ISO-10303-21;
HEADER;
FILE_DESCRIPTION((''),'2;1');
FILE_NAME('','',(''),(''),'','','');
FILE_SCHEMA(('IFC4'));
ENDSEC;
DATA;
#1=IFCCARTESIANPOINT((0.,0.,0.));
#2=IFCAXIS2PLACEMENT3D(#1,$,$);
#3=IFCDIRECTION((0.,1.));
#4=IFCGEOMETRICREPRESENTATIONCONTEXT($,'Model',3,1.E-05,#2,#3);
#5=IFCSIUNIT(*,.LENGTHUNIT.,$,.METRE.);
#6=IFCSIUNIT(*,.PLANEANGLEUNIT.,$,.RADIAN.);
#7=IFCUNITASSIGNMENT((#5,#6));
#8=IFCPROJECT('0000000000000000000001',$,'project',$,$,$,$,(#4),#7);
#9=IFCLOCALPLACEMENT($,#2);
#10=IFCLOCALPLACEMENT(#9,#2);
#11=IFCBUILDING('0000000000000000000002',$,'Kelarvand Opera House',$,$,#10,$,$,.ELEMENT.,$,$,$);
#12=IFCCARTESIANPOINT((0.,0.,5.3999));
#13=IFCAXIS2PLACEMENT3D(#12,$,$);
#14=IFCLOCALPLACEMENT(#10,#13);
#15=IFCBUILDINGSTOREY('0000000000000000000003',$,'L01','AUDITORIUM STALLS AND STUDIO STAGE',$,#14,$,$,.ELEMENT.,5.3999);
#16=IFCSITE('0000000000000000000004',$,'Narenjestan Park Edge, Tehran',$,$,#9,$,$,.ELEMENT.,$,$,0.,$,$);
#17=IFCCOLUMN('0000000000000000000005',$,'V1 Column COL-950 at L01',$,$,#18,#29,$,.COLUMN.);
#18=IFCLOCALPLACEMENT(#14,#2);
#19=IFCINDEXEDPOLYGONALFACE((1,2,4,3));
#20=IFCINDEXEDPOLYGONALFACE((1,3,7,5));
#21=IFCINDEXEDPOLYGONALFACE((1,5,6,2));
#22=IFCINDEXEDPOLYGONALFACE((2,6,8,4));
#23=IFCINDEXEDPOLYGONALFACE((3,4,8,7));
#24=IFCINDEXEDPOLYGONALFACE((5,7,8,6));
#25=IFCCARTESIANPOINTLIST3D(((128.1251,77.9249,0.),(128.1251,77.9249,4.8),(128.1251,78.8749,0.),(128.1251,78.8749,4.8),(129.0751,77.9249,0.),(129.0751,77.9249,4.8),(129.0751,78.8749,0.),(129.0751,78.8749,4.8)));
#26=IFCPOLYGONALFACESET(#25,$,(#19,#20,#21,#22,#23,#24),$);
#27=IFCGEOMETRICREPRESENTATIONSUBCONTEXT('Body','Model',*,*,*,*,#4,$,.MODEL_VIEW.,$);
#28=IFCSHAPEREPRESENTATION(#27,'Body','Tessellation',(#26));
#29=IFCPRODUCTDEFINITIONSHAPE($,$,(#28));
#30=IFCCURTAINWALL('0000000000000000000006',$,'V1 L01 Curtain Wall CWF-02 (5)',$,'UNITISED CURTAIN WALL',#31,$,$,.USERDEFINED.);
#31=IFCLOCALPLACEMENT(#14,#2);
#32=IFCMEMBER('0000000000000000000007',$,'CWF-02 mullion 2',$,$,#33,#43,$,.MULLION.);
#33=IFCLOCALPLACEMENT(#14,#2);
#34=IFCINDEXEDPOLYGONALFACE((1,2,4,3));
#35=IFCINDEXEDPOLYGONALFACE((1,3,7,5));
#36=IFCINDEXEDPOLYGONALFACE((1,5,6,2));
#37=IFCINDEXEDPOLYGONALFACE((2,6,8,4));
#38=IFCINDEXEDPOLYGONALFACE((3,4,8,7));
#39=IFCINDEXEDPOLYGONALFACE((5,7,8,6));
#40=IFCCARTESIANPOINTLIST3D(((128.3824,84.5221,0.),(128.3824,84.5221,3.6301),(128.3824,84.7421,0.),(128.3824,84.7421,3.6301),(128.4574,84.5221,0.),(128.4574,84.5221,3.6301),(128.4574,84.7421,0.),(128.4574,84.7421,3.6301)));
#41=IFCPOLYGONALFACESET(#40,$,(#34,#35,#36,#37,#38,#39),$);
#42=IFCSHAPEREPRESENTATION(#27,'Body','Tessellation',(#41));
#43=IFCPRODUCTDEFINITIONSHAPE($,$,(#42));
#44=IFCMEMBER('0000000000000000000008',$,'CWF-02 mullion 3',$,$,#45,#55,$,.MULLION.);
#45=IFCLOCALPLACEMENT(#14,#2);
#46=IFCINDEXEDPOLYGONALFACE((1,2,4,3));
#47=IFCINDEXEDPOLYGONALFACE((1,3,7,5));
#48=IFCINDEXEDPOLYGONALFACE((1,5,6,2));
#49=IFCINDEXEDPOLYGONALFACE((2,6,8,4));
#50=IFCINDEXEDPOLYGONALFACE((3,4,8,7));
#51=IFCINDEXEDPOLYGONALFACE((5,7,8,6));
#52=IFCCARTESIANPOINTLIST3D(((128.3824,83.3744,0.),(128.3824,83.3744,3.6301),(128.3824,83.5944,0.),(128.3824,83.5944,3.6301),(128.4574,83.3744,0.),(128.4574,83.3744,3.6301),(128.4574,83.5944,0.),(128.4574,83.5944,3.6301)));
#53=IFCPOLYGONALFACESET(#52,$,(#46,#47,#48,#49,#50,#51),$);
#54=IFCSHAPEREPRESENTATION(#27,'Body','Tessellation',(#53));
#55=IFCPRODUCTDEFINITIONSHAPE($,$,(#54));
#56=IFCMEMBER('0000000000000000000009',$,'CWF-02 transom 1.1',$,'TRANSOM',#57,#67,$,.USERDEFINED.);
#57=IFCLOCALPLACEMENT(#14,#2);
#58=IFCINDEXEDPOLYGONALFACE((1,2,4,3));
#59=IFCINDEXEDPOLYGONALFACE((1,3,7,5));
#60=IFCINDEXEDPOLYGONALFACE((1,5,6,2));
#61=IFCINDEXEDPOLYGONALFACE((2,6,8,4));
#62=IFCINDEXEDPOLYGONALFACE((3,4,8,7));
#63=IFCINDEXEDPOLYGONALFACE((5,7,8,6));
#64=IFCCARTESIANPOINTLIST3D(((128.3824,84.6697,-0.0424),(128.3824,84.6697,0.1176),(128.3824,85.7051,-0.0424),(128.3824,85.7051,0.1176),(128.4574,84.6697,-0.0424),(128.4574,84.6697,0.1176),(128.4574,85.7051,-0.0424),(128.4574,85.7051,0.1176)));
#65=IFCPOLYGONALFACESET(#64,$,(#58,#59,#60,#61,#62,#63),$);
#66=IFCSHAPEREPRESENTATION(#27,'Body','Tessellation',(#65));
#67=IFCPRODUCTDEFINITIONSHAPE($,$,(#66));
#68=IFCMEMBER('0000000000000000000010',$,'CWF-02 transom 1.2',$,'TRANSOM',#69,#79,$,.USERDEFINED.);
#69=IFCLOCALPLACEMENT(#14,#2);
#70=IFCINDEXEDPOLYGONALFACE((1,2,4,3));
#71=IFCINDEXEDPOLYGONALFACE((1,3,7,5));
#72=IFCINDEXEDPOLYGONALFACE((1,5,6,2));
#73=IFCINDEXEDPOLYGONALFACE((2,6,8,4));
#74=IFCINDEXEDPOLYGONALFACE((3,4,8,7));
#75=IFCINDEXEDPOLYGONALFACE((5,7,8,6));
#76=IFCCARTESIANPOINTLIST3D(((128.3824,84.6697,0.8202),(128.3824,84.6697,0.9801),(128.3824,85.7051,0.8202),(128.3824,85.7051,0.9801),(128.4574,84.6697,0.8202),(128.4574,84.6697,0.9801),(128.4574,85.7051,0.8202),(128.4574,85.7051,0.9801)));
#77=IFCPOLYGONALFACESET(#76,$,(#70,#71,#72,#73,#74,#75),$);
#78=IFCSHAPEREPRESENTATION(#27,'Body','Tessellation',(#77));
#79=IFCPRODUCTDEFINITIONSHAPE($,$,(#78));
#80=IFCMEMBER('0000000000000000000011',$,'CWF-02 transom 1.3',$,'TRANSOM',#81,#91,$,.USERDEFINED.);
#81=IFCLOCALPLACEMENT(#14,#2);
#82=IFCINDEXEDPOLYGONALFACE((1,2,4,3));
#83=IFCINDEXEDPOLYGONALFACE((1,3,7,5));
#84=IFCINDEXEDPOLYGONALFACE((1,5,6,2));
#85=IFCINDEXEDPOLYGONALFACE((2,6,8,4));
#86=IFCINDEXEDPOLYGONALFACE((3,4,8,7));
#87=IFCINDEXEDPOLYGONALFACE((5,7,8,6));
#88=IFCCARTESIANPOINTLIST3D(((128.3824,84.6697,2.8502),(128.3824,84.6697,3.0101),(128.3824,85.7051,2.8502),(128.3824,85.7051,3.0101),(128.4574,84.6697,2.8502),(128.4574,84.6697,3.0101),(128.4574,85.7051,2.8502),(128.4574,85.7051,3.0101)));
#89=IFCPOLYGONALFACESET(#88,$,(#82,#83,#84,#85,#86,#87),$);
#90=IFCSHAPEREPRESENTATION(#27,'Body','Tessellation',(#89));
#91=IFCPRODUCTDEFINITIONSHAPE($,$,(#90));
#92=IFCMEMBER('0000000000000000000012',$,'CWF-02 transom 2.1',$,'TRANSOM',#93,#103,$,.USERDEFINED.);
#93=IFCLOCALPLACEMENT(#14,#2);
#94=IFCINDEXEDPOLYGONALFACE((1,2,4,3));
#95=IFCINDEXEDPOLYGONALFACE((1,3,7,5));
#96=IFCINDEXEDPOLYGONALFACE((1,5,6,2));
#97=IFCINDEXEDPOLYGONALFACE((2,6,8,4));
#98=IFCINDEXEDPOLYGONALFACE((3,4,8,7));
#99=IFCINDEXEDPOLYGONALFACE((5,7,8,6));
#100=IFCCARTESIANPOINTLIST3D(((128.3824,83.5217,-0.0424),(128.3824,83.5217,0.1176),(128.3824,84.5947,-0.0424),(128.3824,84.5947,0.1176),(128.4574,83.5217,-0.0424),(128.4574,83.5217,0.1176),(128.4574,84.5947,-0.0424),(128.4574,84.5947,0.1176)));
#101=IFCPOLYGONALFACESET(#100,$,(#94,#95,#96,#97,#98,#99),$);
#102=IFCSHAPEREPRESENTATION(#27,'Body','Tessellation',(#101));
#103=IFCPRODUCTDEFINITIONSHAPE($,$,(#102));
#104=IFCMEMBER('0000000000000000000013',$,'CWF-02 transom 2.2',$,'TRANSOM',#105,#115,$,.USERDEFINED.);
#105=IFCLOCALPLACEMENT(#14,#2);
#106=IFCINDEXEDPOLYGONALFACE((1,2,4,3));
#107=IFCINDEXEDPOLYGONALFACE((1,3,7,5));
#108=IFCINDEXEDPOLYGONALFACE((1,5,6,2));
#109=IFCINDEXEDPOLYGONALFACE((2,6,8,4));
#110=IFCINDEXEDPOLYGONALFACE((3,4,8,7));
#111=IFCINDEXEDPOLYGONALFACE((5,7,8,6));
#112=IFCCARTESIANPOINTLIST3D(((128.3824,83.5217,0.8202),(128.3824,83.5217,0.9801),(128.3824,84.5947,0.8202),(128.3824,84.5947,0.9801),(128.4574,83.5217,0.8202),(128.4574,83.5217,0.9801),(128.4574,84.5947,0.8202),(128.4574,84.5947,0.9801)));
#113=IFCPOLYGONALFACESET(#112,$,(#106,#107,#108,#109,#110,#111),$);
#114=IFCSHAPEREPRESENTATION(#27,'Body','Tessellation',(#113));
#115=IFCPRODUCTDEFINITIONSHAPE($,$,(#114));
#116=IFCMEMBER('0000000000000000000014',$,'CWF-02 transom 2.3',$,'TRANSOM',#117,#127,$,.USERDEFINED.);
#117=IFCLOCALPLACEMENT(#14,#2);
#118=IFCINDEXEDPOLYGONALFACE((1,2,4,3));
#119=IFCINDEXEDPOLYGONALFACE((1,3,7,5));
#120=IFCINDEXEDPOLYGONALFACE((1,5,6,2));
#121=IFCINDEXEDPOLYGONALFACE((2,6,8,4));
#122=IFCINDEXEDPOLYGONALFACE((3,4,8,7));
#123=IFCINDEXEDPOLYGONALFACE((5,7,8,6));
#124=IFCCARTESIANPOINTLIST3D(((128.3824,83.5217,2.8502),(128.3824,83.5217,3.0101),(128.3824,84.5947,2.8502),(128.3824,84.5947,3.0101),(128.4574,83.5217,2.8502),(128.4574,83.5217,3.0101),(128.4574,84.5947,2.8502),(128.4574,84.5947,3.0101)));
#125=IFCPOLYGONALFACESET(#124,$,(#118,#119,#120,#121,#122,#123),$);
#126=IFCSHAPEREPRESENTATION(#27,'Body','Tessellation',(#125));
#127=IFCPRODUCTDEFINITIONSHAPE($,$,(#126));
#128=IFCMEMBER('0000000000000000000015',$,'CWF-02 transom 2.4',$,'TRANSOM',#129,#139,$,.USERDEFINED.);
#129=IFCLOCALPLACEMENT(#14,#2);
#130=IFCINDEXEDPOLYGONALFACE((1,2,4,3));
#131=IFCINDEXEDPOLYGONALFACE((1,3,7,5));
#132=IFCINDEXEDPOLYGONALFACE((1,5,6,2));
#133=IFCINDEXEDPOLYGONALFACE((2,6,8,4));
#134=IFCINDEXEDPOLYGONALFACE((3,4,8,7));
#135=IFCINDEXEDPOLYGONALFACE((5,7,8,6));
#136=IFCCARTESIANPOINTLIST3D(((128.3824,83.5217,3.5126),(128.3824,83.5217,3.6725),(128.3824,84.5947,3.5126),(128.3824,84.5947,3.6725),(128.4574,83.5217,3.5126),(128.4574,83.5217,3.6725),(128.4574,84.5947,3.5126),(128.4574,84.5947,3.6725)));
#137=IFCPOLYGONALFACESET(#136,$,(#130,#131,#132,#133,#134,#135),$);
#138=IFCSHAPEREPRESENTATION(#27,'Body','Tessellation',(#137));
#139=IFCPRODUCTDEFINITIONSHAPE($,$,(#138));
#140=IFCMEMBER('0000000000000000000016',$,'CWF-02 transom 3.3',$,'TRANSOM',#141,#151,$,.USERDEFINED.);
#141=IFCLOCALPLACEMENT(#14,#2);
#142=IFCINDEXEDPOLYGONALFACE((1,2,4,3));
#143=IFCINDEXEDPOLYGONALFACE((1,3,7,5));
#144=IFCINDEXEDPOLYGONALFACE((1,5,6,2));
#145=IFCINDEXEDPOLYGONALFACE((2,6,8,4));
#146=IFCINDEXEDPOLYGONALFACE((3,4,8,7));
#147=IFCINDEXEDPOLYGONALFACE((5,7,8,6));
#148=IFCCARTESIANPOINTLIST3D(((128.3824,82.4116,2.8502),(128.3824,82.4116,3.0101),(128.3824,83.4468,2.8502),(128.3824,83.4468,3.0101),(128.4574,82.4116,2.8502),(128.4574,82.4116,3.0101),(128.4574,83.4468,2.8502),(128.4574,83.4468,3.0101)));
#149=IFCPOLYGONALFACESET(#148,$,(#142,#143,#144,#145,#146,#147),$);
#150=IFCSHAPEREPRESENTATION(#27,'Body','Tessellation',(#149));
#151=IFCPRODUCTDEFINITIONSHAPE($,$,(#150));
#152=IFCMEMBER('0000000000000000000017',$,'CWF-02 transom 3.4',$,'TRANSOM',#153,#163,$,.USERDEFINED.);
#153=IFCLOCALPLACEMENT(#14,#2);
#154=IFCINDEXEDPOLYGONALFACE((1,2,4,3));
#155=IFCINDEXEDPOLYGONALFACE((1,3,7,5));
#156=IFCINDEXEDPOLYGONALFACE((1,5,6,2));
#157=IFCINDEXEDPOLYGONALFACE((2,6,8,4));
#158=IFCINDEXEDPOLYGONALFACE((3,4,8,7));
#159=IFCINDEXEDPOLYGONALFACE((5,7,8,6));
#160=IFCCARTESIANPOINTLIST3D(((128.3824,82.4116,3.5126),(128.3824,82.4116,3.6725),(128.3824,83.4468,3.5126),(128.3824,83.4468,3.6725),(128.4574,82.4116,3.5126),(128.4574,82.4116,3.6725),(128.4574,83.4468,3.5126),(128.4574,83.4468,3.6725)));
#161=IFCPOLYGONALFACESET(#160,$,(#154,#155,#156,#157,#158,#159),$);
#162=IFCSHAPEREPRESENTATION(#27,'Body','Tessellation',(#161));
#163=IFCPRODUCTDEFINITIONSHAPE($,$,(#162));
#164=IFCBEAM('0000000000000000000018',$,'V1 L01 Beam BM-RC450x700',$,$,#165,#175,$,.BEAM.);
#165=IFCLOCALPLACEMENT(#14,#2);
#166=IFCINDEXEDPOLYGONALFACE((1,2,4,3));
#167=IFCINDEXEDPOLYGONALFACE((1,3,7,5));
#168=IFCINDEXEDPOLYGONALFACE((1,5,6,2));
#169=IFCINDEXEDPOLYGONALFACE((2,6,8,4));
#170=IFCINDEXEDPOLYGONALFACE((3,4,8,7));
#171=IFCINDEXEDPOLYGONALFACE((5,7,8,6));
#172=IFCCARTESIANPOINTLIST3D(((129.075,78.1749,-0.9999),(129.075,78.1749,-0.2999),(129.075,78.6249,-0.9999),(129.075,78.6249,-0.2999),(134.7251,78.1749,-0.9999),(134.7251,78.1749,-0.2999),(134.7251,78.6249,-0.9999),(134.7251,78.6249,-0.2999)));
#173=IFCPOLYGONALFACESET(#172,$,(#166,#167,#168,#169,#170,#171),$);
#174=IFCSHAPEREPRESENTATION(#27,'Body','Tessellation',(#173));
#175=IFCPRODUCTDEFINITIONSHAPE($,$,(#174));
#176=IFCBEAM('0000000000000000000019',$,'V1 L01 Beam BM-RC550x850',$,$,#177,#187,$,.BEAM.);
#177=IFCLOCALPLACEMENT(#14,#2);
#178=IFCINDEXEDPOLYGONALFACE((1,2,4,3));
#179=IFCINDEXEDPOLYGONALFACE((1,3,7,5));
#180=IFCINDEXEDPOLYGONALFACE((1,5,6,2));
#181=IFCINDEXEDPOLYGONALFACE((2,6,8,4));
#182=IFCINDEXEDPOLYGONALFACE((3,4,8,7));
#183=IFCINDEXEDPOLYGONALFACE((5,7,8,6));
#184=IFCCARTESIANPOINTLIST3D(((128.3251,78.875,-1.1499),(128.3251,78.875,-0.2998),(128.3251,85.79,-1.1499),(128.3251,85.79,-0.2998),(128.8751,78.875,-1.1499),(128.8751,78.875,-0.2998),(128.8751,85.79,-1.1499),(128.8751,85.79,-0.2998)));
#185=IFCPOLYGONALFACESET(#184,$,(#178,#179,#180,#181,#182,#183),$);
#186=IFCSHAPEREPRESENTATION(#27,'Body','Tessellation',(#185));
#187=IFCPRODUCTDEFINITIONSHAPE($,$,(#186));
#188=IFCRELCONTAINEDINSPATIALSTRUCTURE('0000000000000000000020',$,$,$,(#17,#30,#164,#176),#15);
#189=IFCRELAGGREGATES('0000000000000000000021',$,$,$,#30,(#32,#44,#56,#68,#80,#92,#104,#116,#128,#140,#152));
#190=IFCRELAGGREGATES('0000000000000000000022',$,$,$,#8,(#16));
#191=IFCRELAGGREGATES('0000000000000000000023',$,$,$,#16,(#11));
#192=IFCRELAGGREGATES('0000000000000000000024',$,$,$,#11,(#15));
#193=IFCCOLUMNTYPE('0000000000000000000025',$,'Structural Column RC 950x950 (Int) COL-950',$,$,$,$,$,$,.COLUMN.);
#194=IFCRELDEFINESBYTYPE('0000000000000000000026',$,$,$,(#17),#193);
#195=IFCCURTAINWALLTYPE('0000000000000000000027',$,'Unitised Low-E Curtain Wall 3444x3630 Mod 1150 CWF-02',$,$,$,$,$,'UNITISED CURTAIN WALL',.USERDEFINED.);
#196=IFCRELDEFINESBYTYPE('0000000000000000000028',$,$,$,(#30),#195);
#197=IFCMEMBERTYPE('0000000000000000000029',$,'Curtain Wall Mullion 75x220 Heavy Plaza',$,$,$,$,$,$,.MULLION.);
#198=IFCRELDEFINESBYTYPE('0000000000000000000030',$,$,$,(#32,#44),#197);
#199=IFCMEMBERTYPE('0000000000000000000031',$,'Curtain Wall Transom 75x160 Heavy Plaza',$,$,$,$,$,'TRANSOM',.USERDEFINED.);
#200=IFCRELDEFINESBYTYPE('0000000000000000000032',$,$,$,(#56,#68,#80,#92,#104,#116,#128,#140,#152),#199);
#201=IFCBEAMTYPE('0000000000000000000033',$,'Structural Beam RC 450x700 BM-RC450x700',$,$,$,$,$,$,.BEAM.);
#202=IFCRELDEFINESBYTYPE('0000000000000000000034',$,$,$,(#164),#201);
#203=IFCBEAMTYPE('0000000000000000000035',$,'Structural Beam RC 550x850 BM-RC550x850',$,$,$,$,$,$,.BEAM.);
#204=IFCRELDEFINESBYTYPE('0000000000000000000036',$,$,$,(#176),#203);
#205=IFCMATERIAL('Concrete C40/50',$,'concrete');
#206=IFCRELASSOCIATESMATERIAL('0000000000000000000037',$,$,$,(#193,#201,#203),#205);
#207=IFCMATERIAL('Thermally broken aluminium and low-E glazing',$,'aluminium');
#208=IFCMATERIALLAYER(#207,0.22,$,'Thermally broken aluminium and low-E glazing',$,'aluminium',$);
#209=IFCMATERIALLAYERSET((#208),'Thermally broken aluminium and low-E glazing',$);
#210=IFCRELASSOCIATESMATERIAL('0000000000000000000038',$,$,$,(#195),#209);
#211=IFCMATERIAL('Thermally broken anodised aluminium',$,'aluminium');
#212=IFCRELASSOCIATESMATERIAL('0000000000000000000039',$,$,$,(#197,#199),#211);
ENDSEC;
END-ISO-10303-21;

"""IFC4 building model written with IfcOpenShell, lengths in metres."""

from ifc_helpers import new_model, si_unit, direction, frame, origin, origin_2d, place, context, subcontext, project, spatial, rectangle, extrude, material, layer, layer_set, material_profile, profile_set, type_object, element, aggregate, save


model = new_model("IFC4")

# Units and contexts
model_context = context("Model", 3, precision=1e-05, world=origin(), true_north=direction((0.0, 1.0)))
body_context = subcontext(model_context, "Body", "Model", "MODEL_VIEW")
ifc_project = project(units=[si_unit("LENGTHUNIT", "METRE"), si_unit("PLANEANGLEUNIT", "RADIAN")], contexts=[model_context])

# Site, building, storey
site_placement = place(None, origin())
site = spatial("IfcSite", under=ifc_project, at=site_placement, Name="Narenjestan Park Edge, Tehran", CompositionType="ELEMENT", RefElevation=0.0)
building_placement = place(site_placement, origin())
building = spatial("IfcBuilding", under=site, at=building_placement, Name="Kelarvand Opera House", CompositionType="ELEMENT")
storey_placement = place(building_placement, frame((0.0, 0.0, 5.3999)))
storey = spatial("IfcBuildingStorey", under=building, at=storey_placement, Name="L01", Description="AUDITORIUM STALLS AND STUDIO STAGE", CompositionType="ELEMENT", Elevation=5.3999)

# Column
ifc_material_1 = material(Name="Concrete C40/50", Category="concrete")
ifc_material_profile_1 = material_profile(ifc_material_1, rectangle(XDim=0.95, YDim=0.95, at=origin_2d()), Name="RC 950x950", Category="concrete")
ifc_profile_set_1 = profile_set([ifc_material_profile_1], Name="Concrete C40/50")
column_type = type_object("IfcColumnType", Name="Structural Column RC 950x950 (Int) COL-950", PredefinedType="COLUMN", material=ifc_profile_set_1)
column_placement = place(storey_placement, frame((128.6001, 78.3999, 0.0), z_axis=(0.0, 0.0, 1.0), x_axis=(1.0, 0.0, 0.0)))
element("IfcColumn", 1, at=column_placement, inside=storey, type_object=column_type, Name="V1 Column COL-950 at L01", PredefinedType="COLUMN", context=body_context, shape_type="SweptSolid", body=[
    extrude(rectangle(XDim=0.95, YDim=0.95, at=origin_2d()), origin(), (0.0, 0.0, 1.0), 4.8),
])

# Curtain wall, members
ifc_material_2 = material(Name="Thermally broken aluminium and low-E glazing", Category="aluminium")
ifc_layer_1 = layer(ifc_material_2, 0.22, Name="Thermally broken aluminium and low-E glazing", Category="aluminium")
ifc_layer_set_1 = layer_set([ifc_layer_1], Name="Thermally broken aluminium and low-E glazing")
curtain_wall_type = type_object("IfcCurtainWallType", Name="Unitised Low-E Curtain Wall 3444x3630 Mod 1150 CWF-02", ElementType="UNITISED CURTAIN WALL", PredefinedType="USERDEFINED", material=ifc_layer_set_1)
curtain_wall_placement = place(storey_placement, origin())
curtain_wall = element("IfcCurtainWall", 2, at=curtain_wall_placement, inside=storey, type_object=curtain_wall_type, Name="V1 L01 Curtain Wall CWF-02 (5)", ObjectType="UNITISED CURTAIN WALL", PredefinedType="USERDEFINED")
ifc_material_3 = material(Name="Thermally broken anodised aluminium", Category="aluminium")
ifc_material_profile_2 = material_profile(ifc_material_3, rectangle(XDim=0.075, YDim=0.22, at=origin_2d()), Name="ALU MULLION 75x220", Category="aluminium")
ifc_profile_set_2 = profile_set([ifc_material_profile_2], Name="Thermally broken anodised aluminium")
member_type_1 = type_object("IfcMemberType", Name="Curtain Wall Mullion 75x220 Heavy Plaza", PredefinedType="MULLION", material=ifc_profile_set_2)
member_1_placement = place(storey_placement, frame((128.4199, 84.6321, 0.0), z_axis=(0.0, 0.0, 1.0), x_axis=(1.0, 0.0, 0.0)))
member_1 = element("IfcMember", 3, at=member_1_placement, type_object=member_type_1, Name="CWF-02 mullion 2", PredefinedType="MULLION", context=body_context, shape_type="SweptSolid", body=[
    extrude(rectangle(XDim=0.075, YDim=0.22, at=origin_2d()), origin(), (0.0, 0.0, 1.0), 3.6301),
])
member_2_placement = place(storey_placement, frame((128.4199, 83.4844, 0.0), z_axis=(0.0, 0.0, 1.0), x_axis=(1.0, 0.0, 0.0)))
member_2 = element("IfcMember", 4, at=member_2_placement, type_object=member_type_1, Name="CWF-02 mullion 3", PredefinedType="MULLION", context=body_context, shape_type="SweptSolid", body=[
    extrude(rectangle(XDim=0.075, YDim=0.22, at=origin_2d()), origin(), (0.0, 0.0, 1.0), 3.6301),
])
ifc_material_profile_3 = material_profile(ifc_material_3, rectangle(XDim=0.075, YDim=0.1599, at=origin_2d()), Name="ALU TRANSOM 75x160", Category="aluminium")
ifc_profile_set_3 = profile_set([ifc_material_profile_3], Name="Thermally broken anodised aluminium")
member_type_2 = type_object("IfcMemberType", Name="Curtain Wall Transom 75x160 Heavy Plaza", ElementType="TRANSOM", PredefinedType="USERDEFINED", material=ifc_profile_set_3)
member_3_placement = place(storey_placement, frame((128.4199, 85.7051, 0.0376), z_axis=(0.0, -1.0, 0.0), x_axis=(1.0, 0.0, 0.0)))
member_3 = element("IfcMember", 5, at=member_3_placement, type_object=member_type_2, Name="CWF-02 transom 1.1", ObjectType="TRANSOM", PredefinedType="USERDEFINED", context=body_context, shape_type="SweptSolid", body=[
    extrude(rectangle(XDim=0.075, YDim=0.1599, at=origin_2d()), origin(), (0.0, 0.0, 1.0), 1.0354),
])
member_4_placement = place(storey_placement, frame((128.4199, 85.7051, 0.9001), z_axis=(0.0, -1.0, 0.0), x_axis=(1.0, 0.0, 0.0)))
member_4 = element("IfcMember", 6, at=member_4_placement, type_object=member_type_2, Name="CWF-02 transom 1.2", ObjectType="TRANSOM", PredefinedType="USERDEFINED", context=body_context, shape_type="SweptSolid", body=[
    extrude(rectangle(XDim=0.075, YDim=0.1599, at=origin_2d()), origin(), (0.0, 0.0, 1.0), 1.0354),
])
member_5_placement = place(storey_placement, frame((128.4199, 85.7051, 2.9302), z_axis=(0.0, -1.0, 0.0), x_axis=(1.0, 0.0, 0.0)))
member_5 = element("IfcMember", 7, at=member_5_placement, type_object=member_type_2, Name="CWF-02 transom 1.3", ObjectType="TRANSOM", PredefinedType="USERDEFINED", context=body_context, shape_type="SweptSolid", body=[
    extrude(rectangle(XDim=0.075, YDim=0.1599, at=origin_2d()), origin(), (0.0, 0.0, 1.0), 1.0354),
])
member_6_placement = place(storey_placement, frame((128.4199, 84.5947, 0.0376), z_axis=(0.0, -1.0, 0.0), x_axis=(1.0, 0.0, 0.0)))
member_6 = element("IfcMember", 8, at=member_6_placement, type_object=member_type_2, Name="CWF-02 transom 2.1", ObjectType="TRANSOM", PredefinedType="USERDEFINED", context=body_context, shape_type="SweptSolid", body=[
    extrude(rectangle(XDim=0.075, YDim=0.1599, at=origin_2d()), origin(), (0.0, 0.0, 1.0), 1.073),
])
member_7_placement = place(storey_placement, frame((128.4199, 84.5947, 0.9001), z_axis=(0.0, -1.0, 0.0), x_axis=(1.0, 0.0, 0.0)))
member_7 = element("IfcMember", 9, at=member_7_placement, type_object=member_type_2, Name="CWF-02 transom 2.2", ObjectType="TRANSOM", PredefinedType="USERDEFINED", context=body_context, shape_type="SweptSolid", body=[
    extrude(rectangle(XDim=0.075, YDim=0.1599, at=origin_2d()), origin(), (0.0, 0.0, 1.0), 1.073),
])
member_8_placement = place(storey_placement, frame((128.4199, 84.5947, 2.9302), z_axis=(0.0, -1.0, 0.0), x_axis=(1.0, 0.0, 0.0)))
member_8 = element("IfcMember", 10, at=member_8_placement, type_object=member_type_2, Name="CWF-02 transom 2.3", ObjectType="TRANSOM", PredefinedType="USERDEFINED", context=body_context, shape_type="SweptSolid", body=[
    extrude(rectangle(XDim=0.075, YDim=0.1599, at=origin_2d()), origin(), (0.0, 0.0, 1.0), 1.073),
])
member_9_placement = place(storey_placement, frame((128.4199, 84.5947, 3.5925), z_axis=(0.0, -1.0, 0.0), x_axis=(1.0, 0.0, 0.0)))
member_9 = element("IfcMember", 11, at=member_9_placement, type_object=member_type_2, Name="CWF-02 transom 2.4", ObjectType="TRANSOM", PredefinedType="USERDEFINED", context=body_context, shape_type="SweptSolid", body=[
    extrude(rectangle(XDim=0.075, YDim=0.1599, at=origin_2d()), origin(), (0.0, 0.0, 1.0), 1.073),
])
member_10_placement = place(storey_placement, frame((128.4199, 83.4468, 2.9302), z_axis=(0.0, -1.0, 0.0), x_axis=(1.0, 0.0, 0.0)))
member_10 = element("IfcMember", 12, at=member_10_placement, type_object=member_type_2, Name="CWF-02 transom 3.3", ObjectType="TRANSOM", PredefinedType="USERDEFINED", context=body_context, shape_type="SweptSolid", body=[
    extrude(rectangle(XDim=0.075, YDim=0.1599, at=origin_2d()), origin(), (0.0, 0.0, 1.0), 1.0352),
])
member_11_placement = place(storey_placement, frame((128.4199, 83.4468, 3.5925), z_axis=(0.0, -1.0, 0.0), x_axis=(1.0, 0.0, 0.0)))
member_11 = element("IfcMember", 13, at=member_11_placement, type_object=member_type_2, Name="CWF-02 transom 3.4", ObjectType="TRANSOM", PredefinedType="USERDEFINED", context=body_context, shape_type="SweptSolid", body=[
    extrude(rectangle(XDim=0.075, YDim=0.1599, at=origin_2d()), origin(), (0.0, 0.0, 1.0), 1.0352),
])

# Beams
ifc_material_profile_4 = material_profile(ifc_material_1, rectangle(XDim=0.45, YDim=0.7, at=origin_2d()), Name="RC 450x700", Category="concrete")
ifc_profile_set_4 = profile_set([ifc_material_profile_4], Name="Concrete C40/50")
beam_type_1 = type_object("IfcBeamType", Name="Structural Beam RC 450x700 BM-RC450x700", PredefinedType="BEAM", material=ifc_profile_set_4)
beam_1_placement = place(storey_placement, frame((129.075, 78.3999, -0.6499), z_axis=(1.0, 0.0, 0.0), x_axis=(0.0, 1.0, 0.0)))
element("IfcBeam", 14, at=beam_1_placement, inside=storey, type_object=beam_type_1, Name="V1 L01 Beam BM-RC450x700", PredefinedType="BEAM", context=body_context, shape_type="SweptSolid", body=[
    extrude(rectangle(XDim=0.45, YDim=0.7, at=origin_2d()), origin(), (0.0, 0.0, 1.0), 5.6501),
])
ifc_material_profile_5 = material_profile(ifc_material_1, rectangle(XDim=0.55, YDim=0.8501, at=origin_2d()), Name="RC 550x850", Category="concrete")
ifc_profile_set_5 = profile_set([ifc_material_profile_5], Name="Concrete C40/50")
beam_type_2 = type_object("IfcBeamType", Name="Structural Beam RC 550x850 BM-RC550x850", PredefinedType="BEAM", material=ifc_profile_set_5)
beam_2_placement = place(storey_placement, frame((128.6001, 78.875, -0.7249), z_axis=(0.0, 1.0, 0.0), x_axis=(-1.0, 0.0, 0.0)))
element("IfcBeam", 15, at=beam_2_placement, inside=storey, type_object=beam_type_2, Name="V1 L01 Beam BM-RC550x850", PredefinedType="BEAM", context=body_context, shape_type="SweptSolid", body=[
    extrude(rectangle(XDim=0.55, YDim=0.8501, at=origin_2d()), origin(), (0.0, 0.0, 1.0), 6.915),
])

aggregate(curtain_wall, [member_1, member_2, member_3, member_4, member_5, member_6, member_7, member_8, member_9, member_10, member_11])

save(model, "model.ifc")
